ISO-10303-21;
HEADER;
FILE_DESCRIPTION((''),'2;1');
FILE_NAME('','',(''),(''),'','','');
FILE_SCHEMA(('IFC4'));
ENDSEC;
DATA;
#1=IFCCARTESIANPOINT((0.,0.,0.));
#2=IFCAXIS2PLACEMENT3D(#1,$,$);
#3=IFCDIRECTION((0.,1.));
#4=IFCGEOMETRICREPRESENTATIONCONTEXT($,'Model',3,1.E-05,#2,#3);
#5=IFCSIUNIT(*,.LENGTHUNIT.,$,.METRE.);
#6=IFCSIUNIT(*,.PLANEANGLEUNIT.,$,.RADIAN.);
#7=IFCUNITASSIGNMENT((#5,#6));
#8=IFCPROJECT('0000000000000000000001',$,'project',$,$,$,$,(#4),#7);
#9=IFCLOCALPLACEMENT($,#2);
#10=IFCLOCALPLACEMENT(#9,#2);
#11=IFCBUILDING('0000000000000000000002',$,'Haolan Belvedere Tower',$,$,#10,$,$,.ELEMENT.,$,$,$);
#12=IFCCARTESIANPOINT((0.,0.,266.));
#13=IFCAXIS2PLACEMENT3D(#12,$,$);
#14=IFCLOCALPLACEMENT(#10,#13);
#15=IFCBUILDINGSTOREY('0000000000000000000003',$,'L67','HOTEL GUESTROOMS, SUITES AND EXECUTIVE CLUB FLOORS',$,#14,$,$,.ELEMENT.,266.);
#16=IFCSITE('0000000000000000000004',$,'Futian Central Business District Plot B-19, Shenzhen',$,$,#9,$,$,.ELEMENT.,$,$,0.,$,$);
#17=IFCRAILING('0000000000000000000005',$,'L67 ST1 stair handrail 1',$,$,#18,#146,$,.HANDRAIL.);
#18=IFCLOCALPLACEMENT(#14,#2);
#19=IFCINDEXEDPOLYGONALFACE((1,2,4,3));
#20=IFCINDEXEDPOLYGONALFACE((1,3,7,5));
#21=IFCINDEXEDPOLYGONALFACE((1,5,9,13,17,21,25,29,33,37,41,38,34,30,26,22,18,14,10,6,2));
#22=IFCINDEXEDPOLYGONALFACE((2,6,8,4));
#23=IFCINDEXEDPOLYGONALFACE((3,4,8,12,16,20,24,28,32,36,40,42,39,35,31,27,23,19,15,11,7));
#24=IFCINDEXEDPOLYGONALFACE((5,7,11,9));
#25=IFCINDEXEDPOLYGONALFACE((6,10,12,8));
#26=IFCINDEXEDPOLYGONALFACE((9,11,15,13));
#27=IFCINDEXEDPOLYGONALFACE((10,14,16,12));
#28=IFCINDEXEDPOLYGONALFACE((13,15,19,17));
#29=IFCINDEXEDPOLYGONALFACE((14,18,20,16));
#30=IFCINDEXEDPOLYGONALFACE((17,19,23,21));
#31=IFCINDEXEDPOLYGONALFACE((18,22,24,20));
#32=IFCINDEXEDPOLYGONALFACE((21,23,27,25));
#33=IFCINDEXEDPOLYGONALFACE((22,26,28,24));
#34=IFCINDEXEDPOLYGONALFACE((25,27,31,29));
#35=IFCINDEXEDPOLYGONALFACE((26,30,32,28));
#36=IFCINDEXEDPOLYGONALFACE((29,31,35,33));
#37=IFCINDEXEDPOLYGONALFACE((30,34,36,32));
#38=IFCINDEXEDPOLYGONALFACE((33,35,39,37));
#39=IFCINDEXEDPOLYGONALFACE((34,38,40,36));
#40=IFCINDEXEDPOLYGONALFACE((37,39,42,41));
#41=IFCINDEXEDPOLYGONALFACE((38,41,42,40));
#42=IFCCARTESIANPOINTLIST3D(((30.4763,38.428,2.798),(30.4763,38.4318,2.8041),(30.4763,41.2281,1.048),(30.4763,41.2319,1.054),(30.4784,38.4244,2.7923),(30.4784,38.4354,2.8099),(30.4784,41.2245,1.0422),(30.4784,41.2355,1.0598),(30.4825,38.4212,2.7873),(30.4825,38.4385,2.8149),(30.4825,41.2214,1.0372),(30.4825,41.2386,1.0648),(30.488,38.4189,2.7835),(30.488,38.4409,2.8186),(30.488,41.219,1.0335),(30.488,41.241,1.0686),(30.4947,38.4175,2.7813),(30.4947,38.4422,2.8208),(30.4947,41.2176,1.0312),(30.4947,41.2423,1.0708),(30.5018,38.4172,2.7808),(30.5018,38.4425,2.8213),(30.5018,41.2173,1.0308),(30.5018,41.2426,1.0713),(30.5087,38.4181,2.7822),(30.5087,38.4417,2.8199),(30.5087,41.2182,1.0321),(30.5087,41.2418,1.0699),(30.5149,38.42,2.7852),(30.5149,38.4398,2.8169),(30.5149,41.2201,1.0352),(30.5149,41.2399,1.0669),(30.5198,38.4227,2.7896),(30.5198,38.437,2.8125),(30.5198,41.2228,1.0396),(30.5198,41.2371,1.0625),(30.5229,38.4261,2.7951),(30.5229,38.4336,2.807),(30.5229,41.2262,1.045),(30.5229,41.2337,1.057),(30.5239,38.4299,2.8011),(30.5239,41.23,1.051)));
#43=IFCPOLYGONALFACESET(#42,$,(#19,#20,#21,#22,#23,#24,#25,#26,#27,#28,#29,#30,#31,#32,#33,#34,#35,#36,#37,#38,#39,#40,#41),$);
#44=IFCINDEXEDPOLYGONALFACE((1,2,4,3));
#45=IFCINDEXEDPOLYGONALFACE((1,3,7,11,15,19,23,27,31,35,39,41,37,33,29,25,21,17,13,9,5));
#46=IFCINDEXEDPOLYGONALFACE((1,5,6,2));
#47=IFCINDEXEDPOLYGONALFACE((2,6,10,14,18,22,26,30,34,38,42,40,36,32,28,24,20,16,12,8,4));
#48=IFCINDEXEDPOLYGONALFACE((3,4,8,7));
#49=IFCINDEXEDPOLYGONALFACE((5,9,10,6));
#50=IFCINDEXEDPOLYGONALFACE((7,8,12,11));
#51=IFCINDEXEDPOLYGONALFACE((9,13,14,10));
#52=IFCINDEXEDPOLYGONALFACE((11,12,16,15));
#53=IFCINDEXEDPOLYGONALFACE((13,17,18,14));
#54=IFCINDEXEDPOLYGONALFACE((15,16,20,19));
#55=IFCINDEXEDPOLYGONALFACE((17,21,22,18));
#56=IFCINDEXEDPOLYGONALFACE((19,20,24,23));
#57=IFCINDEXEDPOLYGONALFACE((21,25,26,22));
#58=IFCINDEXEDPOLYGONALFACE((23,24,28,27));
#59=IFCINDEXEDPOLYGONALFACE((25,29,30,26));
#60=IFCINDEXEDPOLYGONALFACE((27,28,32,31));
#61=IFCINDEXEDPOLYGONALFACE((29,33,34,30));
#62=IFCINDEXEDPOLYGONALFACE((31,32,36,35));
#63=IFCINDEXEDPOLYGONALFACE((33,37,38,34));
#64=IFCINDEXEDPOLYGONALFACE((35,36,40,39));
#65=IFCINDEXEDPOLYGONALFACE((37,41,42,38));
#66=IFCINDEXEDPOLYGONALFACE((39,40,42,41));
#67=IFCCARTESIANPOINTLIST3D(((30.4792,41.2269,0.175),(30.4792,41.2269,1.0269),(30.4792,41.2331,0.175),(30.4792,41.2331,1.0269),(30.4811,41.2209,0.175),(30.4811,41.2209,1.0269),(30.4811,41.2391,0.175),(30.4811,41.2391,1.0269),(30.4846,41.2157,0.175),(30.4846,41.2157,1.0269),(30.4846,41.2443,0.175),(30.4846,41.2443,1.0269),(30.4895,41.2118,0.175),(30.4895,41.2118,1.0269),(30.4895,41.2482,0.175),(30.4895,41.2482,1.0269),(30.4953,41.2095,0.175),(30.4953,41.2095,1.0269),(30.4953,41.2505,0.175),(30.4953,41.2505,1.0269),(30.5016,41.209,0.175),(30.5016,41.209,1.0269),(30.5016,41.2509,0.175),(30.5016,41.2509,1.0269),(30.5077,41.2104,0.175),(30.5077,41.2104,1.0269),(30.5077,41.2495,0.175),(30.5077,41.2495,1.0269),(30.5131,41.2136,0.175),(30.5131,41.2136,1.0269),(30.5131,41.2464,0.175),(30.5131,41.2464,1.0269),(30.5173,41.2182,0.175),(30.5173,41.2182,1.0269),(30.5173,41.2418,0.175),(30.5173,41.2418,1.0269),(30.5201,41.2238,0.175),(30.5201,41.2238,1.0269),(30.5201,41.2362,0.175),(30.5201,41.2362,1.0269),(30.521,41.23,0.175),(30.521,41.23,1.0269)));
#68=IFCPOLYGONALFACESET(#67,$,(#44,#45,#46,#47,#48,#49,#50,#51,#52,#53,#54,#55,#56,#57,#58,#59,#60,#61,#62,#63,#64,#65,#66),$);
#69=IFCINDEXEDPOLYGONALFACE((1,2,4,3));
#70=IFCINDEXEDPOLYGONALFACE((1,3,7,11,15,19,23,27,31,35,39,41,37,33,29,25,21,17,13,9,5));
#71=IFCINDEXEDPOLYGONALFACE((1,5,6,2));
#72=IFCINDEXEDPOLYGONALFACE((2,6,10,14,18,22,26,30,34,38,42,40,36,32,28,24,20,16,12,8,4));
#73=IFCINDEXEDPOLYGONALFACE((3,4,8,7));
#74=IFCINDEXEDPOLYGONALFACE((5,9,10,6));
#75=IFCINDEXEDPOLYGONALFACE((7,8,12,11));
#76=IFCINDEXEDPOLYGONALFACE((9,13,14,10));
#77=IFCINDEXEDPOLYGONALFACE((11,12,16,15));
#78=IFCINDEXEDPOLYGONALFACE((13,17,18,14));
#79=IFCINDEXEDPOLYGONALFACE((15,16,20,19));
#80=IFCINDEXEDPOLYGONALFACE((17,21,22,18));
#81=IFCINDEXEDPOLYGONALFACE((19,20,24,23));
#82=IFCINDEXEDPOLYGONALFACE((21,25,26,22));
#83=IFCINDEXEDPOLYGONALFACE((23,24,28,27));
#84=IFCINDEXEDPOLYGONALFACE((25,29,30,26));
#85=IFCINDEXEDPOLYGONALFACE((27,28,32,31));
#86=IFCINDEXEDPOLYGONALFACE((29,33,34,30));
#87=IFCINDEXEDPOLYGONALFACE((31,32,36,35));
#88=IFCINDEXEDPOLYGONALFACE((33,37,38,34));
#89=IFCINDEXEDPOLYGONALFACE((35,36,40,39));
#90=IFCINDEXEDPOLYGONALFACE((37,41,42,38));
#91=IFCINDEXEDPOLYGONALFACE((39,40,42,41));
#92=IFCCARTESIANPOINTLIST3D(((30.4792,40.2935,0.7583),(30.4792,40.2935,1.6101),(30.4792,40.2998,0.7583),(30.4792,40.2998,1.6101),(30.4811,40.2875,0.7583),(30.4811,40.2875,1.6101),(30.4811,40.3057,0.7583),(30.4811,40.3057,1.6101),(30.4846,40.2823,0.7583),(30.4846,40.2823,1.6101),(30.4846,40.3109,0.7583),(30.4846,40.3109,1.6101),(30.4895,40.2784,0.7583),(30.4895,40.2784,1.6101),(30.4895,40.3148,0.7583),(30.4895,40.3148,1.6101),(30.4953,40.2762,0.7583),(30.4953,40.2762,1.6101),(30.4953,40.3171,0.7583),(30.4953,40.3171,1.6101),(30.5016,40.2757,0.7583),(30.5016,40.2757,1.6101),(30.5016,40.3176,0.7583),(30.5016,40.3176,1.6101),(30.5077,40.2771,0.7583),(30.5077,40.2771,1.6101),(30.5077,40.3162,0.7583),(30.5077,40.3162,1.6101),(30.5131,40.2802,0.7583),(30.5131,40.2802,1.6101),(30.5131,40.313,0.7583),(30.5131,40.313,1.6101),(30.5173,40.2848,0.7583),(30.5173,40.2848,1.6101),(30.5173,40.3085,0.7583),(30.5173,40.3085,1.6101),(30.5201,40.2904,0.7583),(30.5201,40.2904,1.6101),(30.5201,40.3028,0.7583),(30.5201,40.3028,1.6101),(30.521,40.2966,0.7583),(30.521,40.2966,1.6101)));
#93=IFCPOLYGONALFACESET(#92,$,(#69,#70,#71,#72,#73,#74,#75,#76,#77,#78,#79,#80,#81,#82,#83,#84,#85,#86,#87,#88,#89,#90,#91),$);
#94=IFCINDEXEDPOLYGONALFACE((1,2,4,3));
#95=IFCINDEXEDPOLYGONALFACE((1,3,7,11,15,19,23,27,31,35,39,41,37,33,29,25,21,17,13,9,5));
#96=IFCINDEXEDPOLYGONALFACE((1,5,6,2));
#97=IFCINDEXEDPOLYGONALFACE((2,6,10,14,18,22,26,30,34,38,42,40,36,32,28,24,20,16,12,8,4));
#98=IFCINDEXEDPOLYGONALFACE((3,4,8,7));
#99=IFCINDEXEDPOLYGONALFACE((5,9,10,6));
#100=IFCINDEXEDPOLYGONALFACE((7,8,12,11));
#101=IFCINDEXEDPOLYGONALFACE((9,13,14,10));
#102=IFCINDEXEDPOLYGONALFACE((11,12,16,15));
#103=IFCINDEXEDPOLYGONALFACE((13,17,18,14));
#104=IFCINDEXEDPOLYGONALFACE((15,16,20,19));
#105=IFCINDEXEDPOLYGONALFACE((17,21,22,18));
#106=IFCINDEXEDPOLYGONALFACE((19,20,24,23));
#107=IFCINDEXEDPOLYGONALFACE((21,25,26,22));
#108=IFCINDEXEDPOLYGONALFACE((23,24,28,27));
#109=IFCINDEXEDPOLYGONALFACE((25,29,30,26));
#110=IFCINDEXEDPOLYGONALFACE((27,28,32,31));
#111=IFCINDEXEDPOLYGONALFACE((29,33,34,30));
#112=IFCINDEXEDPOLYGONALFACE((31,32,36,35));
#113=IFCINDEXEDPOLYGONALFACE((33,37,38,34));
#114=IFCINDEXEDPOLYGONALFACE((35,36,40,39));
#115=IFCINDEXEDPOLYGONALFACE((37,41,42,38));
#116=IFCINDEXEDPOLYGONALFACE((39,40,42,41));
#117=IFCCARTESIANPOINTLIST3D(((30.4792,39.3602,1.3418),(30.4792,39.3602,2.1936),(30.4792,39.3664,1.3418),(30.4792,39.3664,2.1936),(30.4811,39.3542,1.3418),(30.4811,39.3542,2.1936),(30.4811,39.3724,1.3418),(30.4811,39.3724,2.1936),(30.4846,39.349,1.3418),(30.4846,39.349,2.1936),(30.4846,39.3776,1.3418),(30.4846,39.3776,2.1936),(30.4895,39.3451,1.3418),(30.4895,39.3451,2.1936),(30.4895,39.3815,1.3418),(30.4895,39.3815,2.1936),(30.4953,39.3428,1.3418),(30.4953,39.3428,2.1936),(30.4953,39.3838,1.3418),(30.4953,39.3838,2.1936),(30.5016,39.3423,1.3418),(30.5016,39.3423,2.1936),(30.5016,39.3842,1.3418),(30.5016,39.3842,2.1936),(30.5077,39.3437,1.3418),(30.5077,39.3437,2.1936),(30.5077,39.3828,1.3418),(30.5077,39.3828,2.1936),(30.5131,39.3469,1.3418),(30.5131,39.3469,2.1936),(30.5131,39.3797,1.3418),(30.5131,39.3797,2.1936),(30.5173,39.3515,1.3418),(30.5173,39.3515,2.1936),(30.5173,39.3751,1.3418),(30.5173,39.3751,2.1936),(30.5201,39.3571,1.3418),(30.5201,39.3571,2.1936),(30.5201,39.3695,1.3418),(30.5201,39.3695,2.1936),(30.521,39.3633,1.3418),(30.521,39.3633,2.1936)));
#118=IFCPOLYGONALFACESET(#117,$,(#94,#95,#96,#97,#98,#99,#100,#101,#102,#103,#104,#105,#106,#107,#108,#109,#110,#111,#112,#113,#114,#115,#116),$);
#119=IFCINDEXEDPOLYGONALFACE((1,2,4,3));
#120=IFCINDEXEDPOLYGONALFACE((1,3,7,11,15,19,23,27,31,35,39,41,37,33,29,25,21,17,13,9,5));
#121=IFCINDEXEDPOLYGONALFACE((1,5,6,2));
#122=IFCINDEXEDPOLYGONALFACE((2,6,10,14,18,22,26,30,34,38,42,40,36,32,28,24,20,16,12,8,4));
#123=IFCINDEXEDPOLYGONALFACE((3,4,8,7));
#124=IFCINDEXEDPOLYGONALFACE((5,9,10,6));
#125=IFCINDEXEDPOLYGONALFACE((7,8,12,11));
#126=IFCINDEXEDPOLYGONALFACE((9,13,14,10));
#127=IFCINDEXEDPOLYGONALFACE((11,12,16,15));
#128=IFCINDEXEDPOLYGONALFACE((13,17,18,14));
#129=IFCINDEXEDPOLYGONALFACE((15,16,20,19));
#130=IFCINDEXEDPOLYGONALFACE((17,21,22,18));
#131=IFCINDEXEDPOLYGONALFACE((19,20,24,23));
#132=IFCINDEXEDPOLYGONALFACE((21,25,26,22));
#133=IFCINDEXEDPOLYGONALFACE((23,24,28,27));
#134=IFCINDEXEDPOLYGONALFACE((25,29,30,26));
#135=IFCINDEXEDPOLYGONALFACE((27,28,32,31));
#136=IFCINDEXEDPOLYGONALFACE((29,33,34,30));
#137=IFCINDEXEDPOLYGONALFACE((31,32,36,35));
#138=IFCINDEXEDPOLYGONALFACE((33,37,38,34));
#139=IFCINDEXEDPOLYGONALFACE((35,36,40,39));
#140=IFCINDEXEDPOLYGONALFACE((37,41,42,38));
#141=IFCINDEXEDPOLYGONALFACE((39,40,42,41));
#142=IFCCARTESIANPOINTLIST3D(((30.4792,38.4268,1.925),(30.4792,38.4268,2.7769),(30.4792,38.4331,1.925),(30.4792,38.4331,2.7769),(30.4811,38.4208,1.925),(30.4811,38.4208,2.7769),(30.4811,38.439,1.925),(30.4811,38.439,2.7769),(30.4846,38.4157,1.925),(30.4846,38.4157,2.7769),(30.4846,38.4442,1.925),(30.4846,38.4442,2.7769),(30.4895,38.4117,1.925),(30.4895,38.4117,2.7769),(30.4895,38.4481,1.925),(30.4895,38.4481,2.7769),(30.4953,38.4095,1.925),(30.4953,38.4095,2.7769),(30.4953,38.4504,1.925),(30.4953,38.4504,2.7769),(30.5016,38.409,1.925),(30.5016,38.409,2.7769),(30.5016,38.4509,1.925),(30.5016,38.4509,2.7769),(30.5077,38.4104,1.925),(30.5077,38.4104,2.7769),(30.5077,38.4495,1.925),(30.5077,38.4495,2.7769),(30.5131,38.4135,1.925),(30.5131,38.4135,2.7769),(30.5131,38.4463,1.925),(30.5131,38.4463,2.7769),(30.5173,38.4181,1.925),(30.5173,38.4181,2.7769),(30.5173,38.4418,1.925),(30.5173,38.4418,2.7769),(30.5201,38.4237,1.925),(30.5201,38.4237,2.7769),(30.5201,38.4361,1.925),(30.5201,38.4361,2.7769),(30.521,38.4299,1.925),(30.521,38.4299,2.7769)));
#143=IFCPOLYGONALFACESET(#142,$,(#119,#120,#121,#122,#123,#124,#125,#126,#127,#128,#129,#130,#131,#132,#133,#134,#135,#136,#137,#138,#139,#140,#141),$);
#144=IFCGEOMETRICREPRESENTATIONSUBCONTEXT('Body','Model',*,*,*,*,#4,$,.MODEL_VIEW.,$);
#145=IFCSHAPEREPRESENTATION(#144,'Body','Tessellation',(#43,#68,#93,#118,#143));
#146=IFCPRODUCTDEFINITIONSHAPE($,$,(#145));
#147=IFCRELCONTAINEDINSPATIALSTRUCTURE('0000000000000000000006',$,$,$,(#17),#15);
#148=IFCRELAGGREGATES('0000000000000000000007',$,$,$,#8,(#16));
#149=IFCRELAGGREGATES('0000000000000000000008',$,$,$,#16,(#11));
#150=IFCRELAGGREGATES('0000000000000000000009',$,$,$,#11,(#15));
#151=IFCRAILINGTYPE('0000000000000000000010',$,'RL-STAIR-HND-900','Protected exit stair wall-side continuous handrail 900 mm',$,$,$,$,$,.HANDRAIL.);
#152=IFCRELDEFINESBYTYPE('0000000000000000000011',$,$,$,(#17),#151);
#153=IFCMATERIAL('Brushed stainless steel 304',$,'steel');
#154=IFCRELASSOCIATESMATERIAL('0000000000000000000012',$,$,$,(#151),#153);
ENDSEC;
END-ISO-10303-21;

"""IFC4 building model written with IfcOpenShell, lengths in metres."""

from ifc_helpers import new_model, si_unit, direction, frame, origin, origin_2d, place, context, subcontext, project, spatial, circle, extrude, material, type_object, element, save


model = new_model("IFC4")

# Units and contexts
model_context = context("Model", 3, precision=1e-05, world=origin(), true_north=direction((0.0, 1.0)))
body_context = subcontext(model_context, "Body", "Model", "MODEL_VIEW")
ifc_project = project(units=[si_unit("LENGTHUNIT", "METRE"), si_unit("PLANEANGLEUNIT", "RADIAN")], contexts=[model_context])

# Site, building, storey
site_placement = place(None, origin())
site = spatial("IfcSite", under=ifc_project, at=site_placement, Name="Futian Central Business District Plot B-19, Shenzhen", CompositionType="ELEMENT", RefElevation=0.0)
building_placement = place(site_placement, origin())
building = spatial("IfcBuilding", under=site, at=building_placement, Name="Haolan Belvedere Tower", CompositionType="ELEMENT")
storey_placement = place(building_placement, frame((0.0, 0.0, 266.0)))
storey = spatial("IfcBuildingStorey", under=building, at=storey_placement, Name="L67", Description="HOTEL GUESTROOMS, SUITES AND EXECUTIVE CLUB FLOORS", CompositionType="ELEMENT", Elevation=266.0)

# Railing
ifc_material_1 = material(Name="Brushed stainless steel 304", Category="steel")
railing_type_1 = type_object("IfcRailingType", Name="RL-STAIR-HND-900", Description="Protected exit stair wall-side continuous handrail 900 mm", PredefinedType="HANDRAIL", material=ifc_material_1)
railing_1_placement = place(storey_placement, frame((30.5, 41.23, 0.175)))
element("IfcRailing", 1, at=railing_1_placement, inside=storey, type_object=railing_type_1, Name="L67 ST1 stair handrail 1", PredefinedType="HANDRAIL", context=body_context, shape_type="SweptSolid", body=[
    extrude(circle(Radius=0.0239, at=origin_2d()), frame((0.0, 0.0, 0.876), z_axis=(0.0, -0.848002, 0.529992), x_axis=(1.0, 0.0, 0.0)), (0.0, 0.0, 1.0), 3.302),
    extrude(circle(Radius=0.021, at=origin_2d()), origin(), (0.0, 0.0, 1.0), 0.8518),
    extrude(circle(Radius=0.021, at=origin_2d()), frame((0.0, -0.9333, 0.5833)), (0.0, 0.0, 1.0), 0.8518),
    extrude(circle(Radius=0.021, at=origin_2d()), frame((0.0, -1.8667, 1.1667)), (0.0, 0.0, 1.0), 0.8518),
    extrude(circle(Radius=0.021, at=origin_2d()), frame((0.0, -2.8, 1.75)), (0.0, 0.0, 1.0), 0.8518),
])

save(model, "model.ifc")
